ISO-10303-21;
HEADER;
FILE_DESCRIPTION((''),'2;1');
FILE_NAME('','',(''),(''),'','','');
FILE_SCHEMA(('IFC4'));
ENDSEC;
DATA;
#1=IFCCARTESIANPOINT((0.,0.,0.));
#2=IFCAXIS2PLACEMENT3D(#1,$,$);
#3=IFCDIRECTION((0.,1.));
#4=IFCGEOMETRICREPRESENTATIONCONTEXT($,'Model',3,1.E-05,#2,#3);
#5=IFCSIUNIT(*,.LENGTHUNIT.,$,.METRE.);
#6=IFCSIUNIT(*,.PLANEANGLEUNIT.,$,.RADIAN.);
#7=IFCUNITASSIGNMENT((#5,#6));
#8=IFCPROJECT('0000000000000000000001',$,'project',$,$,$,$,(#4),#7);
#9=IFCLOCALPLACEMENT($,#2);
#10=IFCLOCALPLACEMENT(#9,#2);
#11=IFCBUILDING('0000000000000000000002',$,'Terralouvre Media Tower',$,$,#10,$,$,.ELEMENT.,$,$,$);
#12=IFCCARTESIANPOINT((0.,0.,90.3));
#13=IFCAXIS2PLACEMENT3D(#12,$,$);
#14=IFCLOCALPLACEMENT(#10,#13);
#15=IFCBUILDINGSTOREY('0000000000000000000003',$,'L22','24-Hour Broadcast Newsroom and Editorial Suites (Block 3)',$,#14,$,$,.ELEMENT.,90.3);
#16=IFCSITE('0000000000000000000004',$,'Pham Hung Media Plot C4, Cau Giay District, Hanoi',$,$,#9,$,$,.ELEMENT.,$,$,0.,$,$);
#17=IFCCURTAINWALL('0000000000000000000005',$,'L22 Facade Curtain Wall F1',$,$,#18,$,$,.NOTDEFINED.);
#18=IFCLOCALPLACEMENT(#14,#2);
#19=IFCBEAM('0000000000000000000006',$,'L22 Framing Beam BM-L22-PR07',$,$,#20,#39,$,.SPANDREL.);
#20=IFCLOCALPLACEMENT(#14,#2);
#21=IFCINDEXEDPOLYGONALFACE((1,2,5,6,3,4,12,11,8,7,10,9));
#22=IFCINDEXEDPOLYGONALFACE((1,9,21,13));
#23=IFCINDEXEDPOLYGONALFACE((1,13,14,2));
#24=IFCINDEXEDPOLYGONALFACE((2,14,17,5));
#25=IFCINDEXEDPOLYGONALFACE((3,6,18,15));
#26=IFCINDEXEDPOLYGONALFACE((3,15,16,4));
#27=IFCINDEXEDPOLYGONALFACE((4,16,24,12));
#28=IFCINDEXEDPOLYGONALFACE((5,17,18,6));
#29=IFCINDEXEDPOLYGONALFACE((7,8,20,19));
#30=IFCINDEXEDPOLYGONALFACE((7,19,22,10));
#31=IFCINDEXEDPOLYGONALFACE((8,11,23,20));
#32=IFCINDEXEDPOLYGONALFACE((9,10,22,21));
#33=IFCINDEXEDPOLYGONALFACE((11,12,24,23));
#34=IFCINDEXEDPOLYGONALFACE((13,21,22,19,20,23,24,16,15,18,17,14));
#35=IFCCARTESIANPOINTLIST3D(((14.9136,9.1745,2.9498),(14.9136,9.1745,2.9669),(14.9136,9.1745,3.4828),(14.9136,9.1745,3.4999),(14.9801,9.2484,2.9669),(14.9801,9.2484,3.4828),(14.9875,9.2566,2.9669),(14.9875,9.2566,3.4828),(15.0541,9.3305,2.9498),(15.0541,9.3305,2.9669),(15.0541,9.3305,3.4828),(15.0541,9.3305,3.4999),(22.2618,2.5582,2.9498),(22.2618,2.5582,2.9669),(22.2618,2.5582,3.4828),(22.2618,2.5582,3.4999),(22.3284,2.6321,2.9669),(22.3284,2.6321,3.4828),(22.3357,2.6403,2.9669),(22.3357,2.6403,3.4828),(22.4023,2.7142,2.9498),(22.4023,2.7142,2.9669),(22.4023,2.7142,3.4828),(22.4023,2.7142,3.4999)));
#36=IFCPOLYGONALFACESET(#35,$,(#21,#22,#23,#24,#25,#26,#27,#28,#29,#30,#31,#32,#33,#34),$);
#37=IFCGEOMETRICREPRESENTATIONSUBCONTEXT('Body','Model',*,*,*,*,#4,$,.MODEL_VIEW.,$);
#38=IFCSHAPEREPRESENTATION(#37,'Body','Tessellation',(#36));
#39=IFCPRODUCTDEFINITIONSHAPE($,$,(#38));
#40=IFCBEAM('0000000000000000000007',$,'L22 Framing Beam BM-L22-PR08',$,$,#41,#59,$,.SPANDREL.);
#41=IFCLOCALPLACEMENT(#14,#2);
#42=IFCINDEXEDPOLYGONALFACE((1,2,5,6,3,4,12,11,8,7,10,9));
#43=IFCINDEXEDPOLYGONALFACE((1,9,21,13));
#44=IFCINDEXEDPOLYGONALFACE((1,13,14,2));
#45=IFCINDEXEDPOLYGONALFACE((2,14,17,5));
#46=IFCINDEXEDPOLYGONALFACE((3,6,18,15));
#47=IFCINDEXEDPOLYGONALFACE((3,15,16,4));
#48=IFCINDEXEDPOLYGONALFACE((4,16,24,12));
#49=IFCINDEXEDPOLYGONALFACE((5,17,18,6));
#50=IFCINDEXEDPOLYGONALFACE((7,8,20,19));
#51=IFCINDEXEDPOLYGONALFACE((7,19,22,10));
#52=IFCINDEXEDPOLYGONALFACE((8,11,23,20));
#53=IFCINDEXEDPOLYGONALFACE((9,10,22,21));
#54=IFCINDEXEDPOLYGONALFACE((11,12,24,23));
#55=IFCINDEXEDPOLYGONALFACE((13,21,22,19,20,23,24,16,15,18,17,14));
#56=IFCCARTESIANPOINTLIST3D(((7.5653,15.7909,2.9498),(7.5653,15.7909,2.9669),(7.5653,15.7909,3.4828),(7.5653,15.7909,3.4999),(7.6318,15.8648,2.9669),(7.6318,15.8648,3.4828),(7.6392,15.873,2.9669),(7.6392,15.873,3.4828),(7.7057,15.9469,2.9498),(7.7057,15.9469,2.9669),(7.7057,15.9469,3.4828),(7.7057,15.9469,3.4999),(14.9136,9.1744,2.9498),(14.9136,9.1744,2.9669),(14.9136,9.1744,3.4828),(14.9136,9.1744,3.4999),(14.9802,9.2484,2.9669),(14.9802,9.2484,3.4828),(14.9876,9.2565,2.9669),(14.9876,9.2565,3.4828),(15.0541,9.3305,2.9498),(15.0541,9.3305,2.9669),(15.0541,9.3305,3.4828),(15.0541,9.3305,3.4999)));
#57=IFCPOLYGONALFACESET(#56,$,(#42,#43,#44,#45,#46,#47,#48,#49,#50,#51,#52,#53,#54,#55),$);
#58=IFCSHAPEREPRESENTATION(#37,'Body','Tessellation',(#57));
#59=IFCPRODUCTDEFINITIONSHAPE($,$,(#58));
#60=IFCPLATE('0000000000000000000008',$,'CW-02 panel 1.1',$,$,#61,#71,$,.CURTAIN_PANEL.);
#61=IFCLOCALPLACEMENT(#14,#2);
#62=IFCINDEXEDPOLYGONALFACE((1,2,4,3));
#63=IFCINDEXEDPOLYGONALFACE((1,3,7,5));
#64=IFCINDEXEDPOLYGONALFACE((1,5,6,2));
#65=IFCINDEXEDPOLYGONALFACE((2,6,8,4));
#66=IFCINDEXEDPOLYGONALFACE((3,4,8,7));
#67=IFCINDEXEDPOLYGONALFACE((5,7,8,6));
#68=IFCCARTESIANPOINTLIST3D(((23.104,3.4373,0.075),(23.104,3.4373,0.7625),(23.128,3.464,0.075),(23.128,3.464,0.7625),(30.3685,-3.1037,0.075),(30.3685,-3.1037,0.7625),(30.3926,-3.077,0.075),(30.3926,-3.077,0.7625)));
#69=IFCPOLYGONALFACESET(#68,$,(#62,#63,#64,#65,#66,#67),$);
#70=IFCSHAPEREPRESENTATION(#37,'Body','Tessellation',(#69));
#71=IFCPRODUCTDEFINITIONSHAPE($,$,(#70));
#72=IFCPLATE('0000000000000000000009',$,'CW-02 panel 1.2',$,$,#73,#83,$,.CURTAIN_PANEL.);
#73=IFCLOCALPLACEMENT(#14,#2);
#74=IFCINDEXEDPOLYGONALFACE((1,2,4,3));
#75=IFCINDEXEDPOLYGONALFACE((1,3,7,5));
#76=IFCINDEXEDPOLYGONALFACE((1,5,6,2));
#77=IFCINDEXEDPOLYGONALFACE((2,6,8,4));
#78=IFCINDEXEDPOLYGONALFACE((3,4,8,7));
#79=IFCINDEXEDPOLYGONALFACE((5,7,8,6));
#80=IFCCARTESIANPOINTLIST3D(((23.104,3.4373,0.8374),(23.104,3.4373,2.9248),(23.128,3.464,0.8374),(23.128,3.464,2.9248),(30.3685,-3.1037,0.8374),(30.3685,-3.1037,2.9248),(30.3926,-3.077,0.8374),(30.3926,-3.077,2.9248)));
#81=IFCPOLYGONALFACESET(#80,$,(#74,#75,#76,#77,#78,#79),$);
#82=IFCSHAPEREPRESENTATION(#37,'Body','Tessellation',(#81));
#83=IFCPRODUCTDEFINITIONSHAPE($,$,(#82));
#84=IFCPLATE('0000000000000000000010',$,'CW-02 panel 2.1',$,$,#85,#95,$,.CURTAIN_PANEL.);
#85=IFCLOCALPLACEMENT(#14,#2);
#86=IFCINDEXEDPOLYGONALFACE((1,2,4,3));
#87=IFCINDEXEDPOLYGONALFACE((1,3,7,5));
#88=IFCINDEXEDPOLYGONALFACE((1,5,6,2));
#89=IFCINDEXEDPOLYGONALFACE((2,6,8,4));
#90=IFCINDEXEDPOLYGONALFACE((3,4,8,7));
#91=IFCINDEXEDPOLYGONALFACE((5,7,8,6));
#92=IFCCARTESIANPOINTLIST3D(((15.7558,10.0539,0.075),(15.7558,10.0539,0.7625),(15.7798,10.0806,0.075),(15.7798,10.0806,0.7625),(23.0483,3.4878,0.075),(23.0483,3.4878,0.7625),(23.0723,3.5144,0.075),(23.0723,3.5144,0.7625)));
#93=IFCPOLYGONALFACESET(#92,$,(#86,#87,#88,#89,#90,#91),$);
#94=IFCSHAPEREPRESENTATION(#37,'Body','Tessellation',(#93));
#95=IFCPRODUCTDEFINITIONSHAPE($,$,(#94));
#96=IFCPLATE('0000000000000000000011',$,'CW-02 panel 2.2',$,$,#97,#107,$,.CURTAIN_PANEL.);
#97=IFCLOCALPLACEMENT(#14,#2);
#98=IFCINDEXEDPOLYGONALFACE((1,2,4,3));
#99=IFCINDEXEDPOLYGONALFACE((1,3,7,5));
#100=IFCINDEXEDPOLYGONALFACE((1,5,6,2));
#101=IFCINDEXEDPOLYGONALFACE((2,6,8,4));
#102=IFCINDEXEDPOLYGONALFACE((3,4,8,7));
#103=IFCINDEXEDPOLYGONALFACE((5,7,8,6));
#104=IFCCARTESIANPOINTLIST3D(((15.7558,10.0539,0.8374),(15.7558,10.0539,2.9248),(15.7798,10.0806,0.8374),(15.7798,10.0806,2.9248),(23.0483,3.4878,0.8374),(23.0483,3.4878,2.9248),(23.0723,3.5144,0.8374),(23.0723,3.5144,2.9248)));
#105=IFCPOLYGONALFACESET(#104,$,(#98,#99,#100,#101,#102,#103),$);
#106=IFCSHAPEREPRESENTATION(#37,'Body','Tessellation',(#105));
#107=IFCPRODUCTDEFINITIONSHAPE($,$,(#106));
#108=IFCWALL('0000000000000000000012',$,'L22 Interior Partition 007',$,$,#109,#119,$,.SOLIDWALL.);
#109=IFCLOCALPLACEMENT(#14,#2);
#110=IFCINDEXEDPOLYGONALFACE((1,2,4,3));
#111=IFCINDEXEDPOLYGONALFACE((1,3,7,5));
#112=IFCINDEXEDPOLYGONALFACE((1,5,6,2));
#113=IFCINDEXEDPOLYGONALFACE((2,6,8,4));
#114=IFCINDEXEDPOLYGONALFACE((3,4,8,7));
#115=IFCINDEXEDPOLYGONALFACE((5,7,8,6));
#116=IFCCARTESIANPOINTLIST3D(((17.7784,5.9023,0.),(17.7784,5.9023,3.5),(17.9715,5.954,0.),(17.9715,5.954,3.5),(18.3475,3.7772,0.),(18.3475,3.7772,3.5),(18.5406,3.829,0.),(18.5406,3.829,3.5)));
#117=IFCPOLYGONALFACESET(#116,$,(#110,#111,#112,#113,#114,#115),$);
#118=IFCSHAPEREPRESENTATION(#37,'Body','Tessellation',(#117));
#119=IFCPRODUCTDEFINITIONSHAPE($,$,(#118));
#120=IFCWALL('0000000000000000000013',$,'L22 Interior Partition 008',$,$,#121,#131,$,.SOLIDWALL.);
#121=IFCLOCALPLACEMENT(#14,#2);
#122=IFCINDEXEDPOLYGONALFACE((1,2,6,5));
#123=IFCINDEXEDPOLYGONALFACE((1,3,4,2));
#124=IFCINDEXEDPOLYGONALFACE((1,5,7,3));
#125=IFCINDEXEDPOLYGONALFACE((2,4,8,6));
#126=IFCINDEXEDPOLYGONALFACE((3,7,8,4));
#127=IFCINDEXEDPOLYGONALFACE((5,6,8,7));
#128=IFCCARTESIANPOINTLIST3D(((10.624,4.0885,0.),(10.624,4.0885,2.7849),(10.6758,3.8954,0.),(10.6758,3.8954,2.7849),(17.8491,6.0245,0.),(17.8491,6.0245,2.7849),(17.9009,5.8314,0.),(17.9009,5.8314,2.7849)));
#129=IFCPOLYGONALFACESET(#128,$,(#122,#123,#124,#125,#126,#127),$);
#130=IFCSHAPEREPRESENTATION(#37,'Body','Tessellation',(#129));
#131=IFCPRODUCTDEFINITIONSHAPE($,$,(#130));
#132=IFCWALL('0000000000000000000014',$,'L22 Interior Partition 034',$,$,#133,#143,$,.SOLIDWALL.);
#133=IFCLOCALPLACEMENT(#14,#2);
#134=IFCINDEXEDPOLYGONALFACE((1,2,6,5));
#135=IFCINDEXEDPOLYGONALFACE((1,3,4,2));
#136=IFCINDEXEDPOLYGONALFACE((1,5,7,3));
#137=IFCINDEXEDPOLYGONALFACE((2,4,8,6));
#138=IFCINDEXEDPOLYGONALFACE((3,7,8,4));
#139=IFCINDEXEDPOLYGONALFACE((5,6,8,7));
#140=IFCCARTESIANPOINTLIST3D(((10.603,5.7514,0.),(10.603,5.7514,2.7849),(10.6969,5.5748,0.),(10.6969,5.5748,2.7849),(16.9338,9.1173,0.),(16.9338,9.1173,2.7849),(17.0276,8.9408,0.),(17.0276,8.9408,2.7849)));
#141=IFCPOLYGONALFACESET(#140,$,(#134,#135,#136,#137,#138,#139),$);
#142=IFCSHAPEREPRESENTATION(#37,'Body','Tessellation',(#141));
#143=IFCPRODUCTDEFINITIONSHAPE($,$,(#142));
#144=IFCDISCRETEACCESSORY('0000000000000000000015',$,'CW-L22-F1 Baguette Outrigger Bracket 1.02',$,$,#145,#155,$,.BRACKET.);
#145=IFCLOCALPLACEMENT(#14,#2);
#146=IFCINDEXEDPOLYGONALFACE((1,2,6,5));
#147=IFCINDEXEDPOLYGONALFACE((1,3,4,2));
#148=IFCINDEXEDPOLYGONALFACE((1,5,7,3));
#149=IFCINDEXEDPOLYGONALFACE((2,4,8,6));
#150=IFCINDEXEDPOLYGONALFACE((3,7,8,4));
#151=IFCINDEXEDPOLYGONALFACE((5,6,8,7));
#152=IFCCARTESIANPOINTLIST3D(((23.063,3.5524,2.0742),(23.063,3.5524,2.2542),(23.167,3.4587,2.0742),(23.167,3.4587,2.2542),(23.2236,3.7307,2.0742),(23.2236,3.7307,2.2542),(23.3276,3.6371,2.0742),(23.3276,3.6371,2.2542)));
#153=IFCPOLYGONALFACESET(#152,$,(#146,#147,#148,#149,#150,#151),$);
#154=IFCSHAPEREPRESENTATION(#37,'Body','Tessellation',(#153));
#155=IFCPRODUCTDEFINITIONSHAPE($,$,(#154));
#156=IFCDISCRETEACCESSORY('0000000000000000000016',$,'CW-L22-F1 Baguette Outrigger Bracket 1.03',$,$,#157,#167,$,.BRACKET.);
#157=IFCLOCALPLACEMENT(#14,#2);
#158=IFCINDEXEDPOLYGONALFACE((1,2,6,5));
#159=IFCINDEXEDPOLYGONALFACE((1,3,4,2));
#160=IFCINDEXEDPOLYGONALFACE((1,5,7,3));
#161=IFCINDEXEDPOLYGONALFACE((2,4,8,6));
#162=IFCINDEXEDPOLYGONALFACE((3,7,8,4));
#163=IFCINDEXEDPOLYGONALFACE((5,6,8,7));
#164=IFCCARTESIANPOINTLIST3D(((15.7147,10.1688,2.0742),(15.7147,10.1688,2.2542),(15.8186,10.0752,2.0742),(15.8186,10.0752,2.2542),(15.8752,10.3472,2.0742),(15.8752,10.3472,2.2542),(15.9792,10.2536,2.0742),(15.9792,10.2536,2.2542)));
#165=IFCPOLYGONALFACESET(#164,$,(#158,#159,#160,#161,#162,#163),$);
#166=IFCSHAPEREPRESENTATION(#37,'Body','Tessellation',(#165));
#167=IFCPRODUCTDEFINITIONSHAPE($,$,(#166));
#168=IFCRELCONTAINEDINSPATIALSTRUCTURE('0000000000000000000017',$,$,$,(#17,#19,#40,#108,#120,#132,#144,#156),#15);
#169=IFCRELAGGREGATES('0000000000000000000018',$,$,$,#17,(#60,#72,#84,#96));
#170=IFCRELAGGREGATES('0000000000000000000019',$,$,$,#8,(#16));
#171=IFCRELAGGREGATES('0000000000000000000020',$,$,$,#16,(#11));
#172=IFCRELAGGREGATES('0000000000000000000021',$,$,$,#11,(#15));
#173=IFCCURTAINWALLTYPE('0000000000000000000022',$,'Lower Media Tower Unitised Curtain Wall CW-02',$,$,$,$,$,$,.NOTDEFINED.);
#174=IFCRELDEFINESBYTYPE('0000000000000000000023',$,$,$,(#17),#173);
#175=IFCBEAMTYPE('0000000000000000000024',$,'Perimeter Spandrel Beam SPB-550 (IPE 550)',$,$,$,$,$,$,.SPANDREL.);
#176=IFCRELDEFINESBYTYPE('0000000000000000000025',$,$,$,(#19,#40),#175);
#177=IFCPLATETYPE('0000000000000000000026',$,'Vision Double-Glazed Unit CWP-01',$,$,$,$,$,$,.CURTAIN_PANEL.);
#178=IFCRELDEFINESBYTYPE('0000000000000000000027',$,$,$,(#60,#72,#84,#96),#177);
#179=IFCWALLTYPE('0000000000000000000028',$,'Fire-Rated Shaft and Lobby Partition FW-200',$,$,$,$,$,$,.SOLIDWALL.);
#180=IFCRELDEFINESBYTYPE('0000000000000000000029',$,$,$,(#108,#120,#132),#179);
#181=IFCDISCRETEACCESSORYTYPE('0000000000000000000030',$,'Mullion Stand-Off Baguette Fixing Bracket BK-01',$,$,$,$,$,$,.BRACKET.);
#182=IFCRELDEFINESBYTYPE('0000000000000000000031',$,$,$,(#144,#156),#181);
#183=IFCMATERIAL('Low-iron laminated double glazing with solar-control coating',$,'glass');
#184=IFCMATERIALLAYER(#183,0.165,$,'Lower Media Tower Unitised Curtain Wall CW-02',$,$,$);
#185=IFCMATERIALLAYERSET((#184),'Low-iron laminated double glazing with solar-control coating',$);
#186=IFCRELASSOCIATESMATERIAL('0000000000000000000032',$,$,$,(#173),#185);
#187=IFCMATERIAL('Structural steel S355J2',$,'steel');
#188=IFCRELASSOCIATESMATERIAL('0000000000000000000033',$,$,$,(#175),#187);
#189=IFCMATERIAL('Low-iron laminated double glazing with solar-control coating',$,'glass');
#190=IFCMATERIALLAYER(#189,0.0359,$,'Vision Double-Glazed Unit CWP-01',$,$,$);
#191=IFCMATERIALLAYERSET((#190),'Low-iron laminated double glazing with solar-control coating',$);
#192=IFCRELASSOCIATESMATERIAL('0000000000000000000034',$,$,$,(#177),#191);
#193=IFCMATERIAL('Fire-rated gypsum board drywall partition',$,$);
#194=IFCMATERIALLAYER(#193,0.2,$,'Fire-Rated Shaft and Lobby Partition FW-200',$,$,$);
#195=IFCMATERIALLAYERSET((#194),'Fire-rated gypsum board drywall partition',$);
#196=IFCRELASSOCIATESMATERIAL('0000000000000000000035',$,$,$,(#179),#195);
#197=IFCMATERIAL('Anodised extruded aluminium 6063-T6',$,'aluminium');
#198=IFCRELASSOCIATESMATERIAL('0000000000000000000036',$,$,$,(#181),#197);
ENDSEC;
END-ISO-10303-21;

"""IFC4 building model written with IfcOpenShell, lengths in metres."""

from ifc_helpers import new_model, si_unit, direction, frame, frame_2d, origin, origin_2d, place, context, subcontext, project, spatial, rectangle, i_section, extrude, material, layer, layer_set, material_profile, profile_set, type_object, element, aggregate, save


model = new_model("IFC4")

# Units and contexts
model_context = context("Model", 3, precision=1e-05, world=origin(), true_north=direction((0.0, 1.0)))
body_context = subcontext(model_context, "Body", "Model", "MODEL_VIEW")
ifc_project = project(units=[si_unit("LENGTHUNIT", "METRE"), si_unit("PLANEANGLEUNIT", "RADIAN")], contexts=[model_context])

# Site, building, storey
site_placement = place(None, origin())
site = spatial("IfcSite", under=ifc_project, at=site_placement, Name="Pham Hung Media Plot C4, Cau Giay District, Hanoi", CompositionType="ELEMENT", RefElevation=0.0)
building_placement = place(site_placement, origin())
building = spatial("IfcBuilding", under=site, at=building_placement, Name="Terralouvre Media Tower", CompositionType="ELEMENT")
storey_placement = place(building_placement, frame((0.0, 0.0, 90.3)))
storey = spatial("IfcBuildingStorey", under=building, at=storey_placement, Name="L22", Description="24-Hour Broadcast Newsroom and Editorial Suites (Block 3)", CompositionType="ELEMENT", Elevation=90.3)

# Curtain wall
ifc_material_1 = material(Name="Low-iron laminated double glazing with solar-control coating", Category="glass")
ifc_layer_1 = layer(ifc_material_1, 0.165, Name="Lower Media Tower Unitised Curtain Wall CW-02")
ifc_layer_set_1 = layer_set([ifc_layer_1], Name="Low-iron laminated double glazing with solar-control coating")
curtain_wall_type = type_object("IfcCurtainWallType", Name="Lower Media Tower Unitised Curtain Wall CW-02", PredefinedType="NOTDEFINED", material=ifc_layer_set_1)
curtain_wall_placement = place(storey_placement, origin())
curtain_wall = element("IfcCurtainWall", 1, at=curtain_wall_placement, inside=storey, type_object=curtain_wall_type, Name="L22 Facade Curtain Wall F1", PredefinedType="NOTDEFINED")

# Beams
ifc_material_2 = material(Name="Structural steel S355J2", Category="steel")
ifc_material_profile_1 = material_profile(ifc_material_2, i_section(OverallWidth=0.21, OverallDepth=0.55, WebThickness=0.011, FlangeThickness=0.0171, at=origin_2d()), Name="IPE 550")
ifc_profile_set_1 = profile_set([ifc_material_profile_1], Name="Structural steel S355J2")
beam_type_1 = type_object("IfcBeamType", Name="Perimeter Spandrel Beam SPB-550 (IPE 550)", PredefinedType="SPANDREL", material=ifc_profile_set_1)
beam_1_placement = place(storey_placement, frame((22.332, 2.6362, 3.2249), z_axis=(-0.743149, 0.669126, 0.0), x_axis=(-0.669126, -0.743149, 0.0)))
element("IfcBeam", 2, at=beam_1_placement, inside=storey, type_object=beam_type_1, Name="L22 Framing Beam BM-L22-PR07", PredefinedType="SPANDREL", context=body_context, shape_type="SweptSolid", body=[
    extrude(i_section(OverallWidth=0.21, OverallDepth=0.55, WebThickness=0.011, FlangeThickness=0.0171, at=origin_2d()), origin(), (0.0, 0.0, 1.0), 9.8879),
])
beam_2_placement = place(storey_placement, frame((14.9839, 9.2524, 3.2249), z_axis=(-0.743148, 0.669127, 0.0), x_axis=(-0.669127, -0.743148, 0.0)))
element("IfcBeam", 3, at=beam_2_placement, inside=storey, type_object=beam_type_1, Name="L22 Framing Beam BM-L22-PR08", PredefinedType="SPANDREL", context=body_context, shape_type="SweptSolid", body=[
    extrude(i_section(OverallWidth=0.21, OverallDepth=0.55, WebThickness=0.011, FlangeThickness=0.0171, at=origin_2d()), origin(), (0.0, 0.0, 1.0), 9.8882),
])

# Plates
ifc_material_3 = material(Name="Low-iron laminated double glazing with solar-control coating", Category="glass")
ifc_layer_2 = layer(ifc_material_3, 0.0359, Name="Vision Double-Glazed Unit CWP-01")
ifc_layer_set_2 = layer_set([ifc_layer_2], Name="Low-iron laminated double glazing with solar-control coating")
plate_type = type_object("IfcPlateType", Name="Vision Double-Glazed Unit CWP-01", PredefinedType="CURTAIN_PANEL", material=ifc_layer_set_2)
plate_1_placement = place(storey_placement, frame((26.7483, 0.1802, 0.075), z_axis=(0.0, 0.0, 1.0), x_axis=(-0.743145, 0.669131, 0.0)))
plate_1 = element("IfcPlate", 4, at=plate_1_placement, type_object=plate_type, Name="CW-02 panel 1.1", PredefinedType="CURTAIN_PANEL", context=body_context, shape_type="SweptSolid", body=[
    extrude(rectangle(XDim=9.7754, YDim=0.0359, at=origin_2d()), origin(), (0.0, 0.0, 1.0), 0.6875),
])
plate_2_placement = place(storey_placement, frame((26.7483, 0.1802, 0.8374), z_axis=(0.0, 0.0, 1.0), x_axis=(-0.743145, 0.669131, 0.0)))
plate_2 = element("IfcPlate", 5, at=plate_2_placement, type_object=plate_type, Name="CW-02 panel 1.2", PredefinedType="CURTAIN_PANEL", context=body_context, shape_type="SweptSolid", body=[
    extrude(rectangle(XDim=9.7754, YDim=0.0359, at=origin_2d()), origin(), (0.0, 0.0, 1.0), 2.0874),
])
plate_3_placement = place(storey_placement, frame((19.4141, 6.7842, 0.075), z_axis=(0.0, 0.0, 1.0), x_axis=(-0.743145, 0.669131, 0.0)))
plate_3 = element("IfcPlate", 6, at=plate_3_placement, type_object=plate_type, Name="CW-02 panel 2.1", PredefinedType="CURTAIN_PANEL", context=body_context, shape_type="SweptSolid", body=[
    extrude(rectangle(XDim=9.813, YDim=0.0359, at=origin_2d()), origin(), (0.0, 0.0, 1.0), 0.6875),
])
plate_4_placement = place(storey_placement, frame((19.4141, 6.7842, 0.8374), z_axis=(0.0, 0.0, 1.0), x_axis=(-0.743145, 0.669131, 0.0)))
plate_4 = element("IfcPlate", 7, at=plate_4_placement, type_object=plate_type, Name="CW-02 panel 2.2", PredefinedType="CURTAIN_PANEL", context=body_context, shape_type="SweptSolid", body=[
    extrude(rectangle(XDim=9.813, YDim=0.0359, at=origin_2d()), origin(), (0.0, 0.0, 1.0), 2.0874),
])
aggregate(curtain_wall, [plate_1, plate_2, plate_3, plate_4])

# Walls
ifc_material_4 = material(Name="Fire-rated gypsum board drywall partition")
ifc_layer_3 = layer(ifc_material_4, 0.2, Name="Fire-Rated Shaft and Lobby Partition FW-200")
ifc_layer_set_3 = layer_set([ifc_layer_3], Name="Fire-rated gypsum board drywall partition")
wall_type = type_object("IfcWallType", Name="Fire-Rated Shaft and Lobby Partition FW-200", PredefinedType="SOLIDWALL", material=ifc_layer_set_3)
wall_1_placement = place(storey_placement, frame((18.4441, 3.803, 0.0), z_axis=(0.0, 0.0, 1.0), x_axis=(-0.258692, 0.96596, 0.0)))
element("IfcWall", 8, at=wall_1_placement, inside=storey, type_object=wall_type, Name="L22 Interior Partition 007", PredefinedType="SOLIDWALL", context=body_context, shape_type="SweptSolid", body=[
    extrude(rectangle(XDim=2.2, YDim=0.2, at=frame_2d((1.1001, 0.0))), origin(), (0.0, 0.0, 1.0), 3.5),
])
wall_2_placement = place(storey_placement, frame((17.875, 5.928, 0.0), z_axis=(0.0, 0.0, 1.0), x_axis=(-0.965923, -0.258829, 0.0)))
element("IfcWall", 9, at=wall_2_placement, inside=storey, type_object=wall_type, Name="L22 Interior Partition 008", PredefinedType="SOLIDWALL", context=body_context, shape_type="SweptSolid", body=[
    extrude(rectangle(XDim=7.48, YDim=0.2, at=frame_2d((3.74, 0.0))), origin(), (0.0, 0.0, 1.0), 2.7849),
])
wall_3_placement = place(storey_placement, frame((16.9807, 9.0291, 0.0), z_axis=(0.0, 0.0, 1.0), x_axis=(-0.882958, -0.469451, 0.0)))
element("IfcWall", 10, at=wall_3_placement, inside=storey, type_object=wall_type, Name="L22 Interior Partition 034", PredefinedType="SOLIDWALL", context=body_context, shape_type="SweptSolid", body=[
    extrude(rectangle(XDim=7.1699, YDim=0.2, at=frame_2d((3.585, 0.0))), origin(), (0.0, 0.0, 1.0), 2.7849),
])

# Discrete accessories
ifc_material_5 = material(Name="Anodised extruded aluminium 6063-T6", Category="aluminium")
discrete_accessory_type = type_object("IfcDiscreteAccessoryType", Name="Mullion Stand-Off Baguette Fixing Bracket BK-01", PredefinedType="BRACKET", material=ifc_material_5)
for number, where, z_axis, x_axis, name in (
    (11, (23.1953, 3.5947, 2.0742), (0.0, 0.0, 1.0), (-0.743145, 0.669131, 0.0), "CW-L22-F1 Baguette Outrigger Bracket 1.02"),
    (12, (15.8469, 10.2112, 2.0742), (0.0, 0.0, 1.0), (-0.743145, 0.669131, 0.0), "CW-L22-F1 Baguette Outrigger Bracket 1.03"),
):
    element("IfcDiscreteAccessory", number, at=place(storey_placement, frame(where, z_axis=z_axis, x_axis=x_axis)), inside=storey, type_object=discrete_accessory_type, Name=name, PredefinedType="BRACKET", context=body_context, shape_type="SweptSolid", body=[
        extrude(rectangle(XDim=0.1399, YDim=0.24, at=origin_2d()), origin(), (0.0, 0.0, 1.0), 0.1799),
    ])

save(model, "model.ifc")
